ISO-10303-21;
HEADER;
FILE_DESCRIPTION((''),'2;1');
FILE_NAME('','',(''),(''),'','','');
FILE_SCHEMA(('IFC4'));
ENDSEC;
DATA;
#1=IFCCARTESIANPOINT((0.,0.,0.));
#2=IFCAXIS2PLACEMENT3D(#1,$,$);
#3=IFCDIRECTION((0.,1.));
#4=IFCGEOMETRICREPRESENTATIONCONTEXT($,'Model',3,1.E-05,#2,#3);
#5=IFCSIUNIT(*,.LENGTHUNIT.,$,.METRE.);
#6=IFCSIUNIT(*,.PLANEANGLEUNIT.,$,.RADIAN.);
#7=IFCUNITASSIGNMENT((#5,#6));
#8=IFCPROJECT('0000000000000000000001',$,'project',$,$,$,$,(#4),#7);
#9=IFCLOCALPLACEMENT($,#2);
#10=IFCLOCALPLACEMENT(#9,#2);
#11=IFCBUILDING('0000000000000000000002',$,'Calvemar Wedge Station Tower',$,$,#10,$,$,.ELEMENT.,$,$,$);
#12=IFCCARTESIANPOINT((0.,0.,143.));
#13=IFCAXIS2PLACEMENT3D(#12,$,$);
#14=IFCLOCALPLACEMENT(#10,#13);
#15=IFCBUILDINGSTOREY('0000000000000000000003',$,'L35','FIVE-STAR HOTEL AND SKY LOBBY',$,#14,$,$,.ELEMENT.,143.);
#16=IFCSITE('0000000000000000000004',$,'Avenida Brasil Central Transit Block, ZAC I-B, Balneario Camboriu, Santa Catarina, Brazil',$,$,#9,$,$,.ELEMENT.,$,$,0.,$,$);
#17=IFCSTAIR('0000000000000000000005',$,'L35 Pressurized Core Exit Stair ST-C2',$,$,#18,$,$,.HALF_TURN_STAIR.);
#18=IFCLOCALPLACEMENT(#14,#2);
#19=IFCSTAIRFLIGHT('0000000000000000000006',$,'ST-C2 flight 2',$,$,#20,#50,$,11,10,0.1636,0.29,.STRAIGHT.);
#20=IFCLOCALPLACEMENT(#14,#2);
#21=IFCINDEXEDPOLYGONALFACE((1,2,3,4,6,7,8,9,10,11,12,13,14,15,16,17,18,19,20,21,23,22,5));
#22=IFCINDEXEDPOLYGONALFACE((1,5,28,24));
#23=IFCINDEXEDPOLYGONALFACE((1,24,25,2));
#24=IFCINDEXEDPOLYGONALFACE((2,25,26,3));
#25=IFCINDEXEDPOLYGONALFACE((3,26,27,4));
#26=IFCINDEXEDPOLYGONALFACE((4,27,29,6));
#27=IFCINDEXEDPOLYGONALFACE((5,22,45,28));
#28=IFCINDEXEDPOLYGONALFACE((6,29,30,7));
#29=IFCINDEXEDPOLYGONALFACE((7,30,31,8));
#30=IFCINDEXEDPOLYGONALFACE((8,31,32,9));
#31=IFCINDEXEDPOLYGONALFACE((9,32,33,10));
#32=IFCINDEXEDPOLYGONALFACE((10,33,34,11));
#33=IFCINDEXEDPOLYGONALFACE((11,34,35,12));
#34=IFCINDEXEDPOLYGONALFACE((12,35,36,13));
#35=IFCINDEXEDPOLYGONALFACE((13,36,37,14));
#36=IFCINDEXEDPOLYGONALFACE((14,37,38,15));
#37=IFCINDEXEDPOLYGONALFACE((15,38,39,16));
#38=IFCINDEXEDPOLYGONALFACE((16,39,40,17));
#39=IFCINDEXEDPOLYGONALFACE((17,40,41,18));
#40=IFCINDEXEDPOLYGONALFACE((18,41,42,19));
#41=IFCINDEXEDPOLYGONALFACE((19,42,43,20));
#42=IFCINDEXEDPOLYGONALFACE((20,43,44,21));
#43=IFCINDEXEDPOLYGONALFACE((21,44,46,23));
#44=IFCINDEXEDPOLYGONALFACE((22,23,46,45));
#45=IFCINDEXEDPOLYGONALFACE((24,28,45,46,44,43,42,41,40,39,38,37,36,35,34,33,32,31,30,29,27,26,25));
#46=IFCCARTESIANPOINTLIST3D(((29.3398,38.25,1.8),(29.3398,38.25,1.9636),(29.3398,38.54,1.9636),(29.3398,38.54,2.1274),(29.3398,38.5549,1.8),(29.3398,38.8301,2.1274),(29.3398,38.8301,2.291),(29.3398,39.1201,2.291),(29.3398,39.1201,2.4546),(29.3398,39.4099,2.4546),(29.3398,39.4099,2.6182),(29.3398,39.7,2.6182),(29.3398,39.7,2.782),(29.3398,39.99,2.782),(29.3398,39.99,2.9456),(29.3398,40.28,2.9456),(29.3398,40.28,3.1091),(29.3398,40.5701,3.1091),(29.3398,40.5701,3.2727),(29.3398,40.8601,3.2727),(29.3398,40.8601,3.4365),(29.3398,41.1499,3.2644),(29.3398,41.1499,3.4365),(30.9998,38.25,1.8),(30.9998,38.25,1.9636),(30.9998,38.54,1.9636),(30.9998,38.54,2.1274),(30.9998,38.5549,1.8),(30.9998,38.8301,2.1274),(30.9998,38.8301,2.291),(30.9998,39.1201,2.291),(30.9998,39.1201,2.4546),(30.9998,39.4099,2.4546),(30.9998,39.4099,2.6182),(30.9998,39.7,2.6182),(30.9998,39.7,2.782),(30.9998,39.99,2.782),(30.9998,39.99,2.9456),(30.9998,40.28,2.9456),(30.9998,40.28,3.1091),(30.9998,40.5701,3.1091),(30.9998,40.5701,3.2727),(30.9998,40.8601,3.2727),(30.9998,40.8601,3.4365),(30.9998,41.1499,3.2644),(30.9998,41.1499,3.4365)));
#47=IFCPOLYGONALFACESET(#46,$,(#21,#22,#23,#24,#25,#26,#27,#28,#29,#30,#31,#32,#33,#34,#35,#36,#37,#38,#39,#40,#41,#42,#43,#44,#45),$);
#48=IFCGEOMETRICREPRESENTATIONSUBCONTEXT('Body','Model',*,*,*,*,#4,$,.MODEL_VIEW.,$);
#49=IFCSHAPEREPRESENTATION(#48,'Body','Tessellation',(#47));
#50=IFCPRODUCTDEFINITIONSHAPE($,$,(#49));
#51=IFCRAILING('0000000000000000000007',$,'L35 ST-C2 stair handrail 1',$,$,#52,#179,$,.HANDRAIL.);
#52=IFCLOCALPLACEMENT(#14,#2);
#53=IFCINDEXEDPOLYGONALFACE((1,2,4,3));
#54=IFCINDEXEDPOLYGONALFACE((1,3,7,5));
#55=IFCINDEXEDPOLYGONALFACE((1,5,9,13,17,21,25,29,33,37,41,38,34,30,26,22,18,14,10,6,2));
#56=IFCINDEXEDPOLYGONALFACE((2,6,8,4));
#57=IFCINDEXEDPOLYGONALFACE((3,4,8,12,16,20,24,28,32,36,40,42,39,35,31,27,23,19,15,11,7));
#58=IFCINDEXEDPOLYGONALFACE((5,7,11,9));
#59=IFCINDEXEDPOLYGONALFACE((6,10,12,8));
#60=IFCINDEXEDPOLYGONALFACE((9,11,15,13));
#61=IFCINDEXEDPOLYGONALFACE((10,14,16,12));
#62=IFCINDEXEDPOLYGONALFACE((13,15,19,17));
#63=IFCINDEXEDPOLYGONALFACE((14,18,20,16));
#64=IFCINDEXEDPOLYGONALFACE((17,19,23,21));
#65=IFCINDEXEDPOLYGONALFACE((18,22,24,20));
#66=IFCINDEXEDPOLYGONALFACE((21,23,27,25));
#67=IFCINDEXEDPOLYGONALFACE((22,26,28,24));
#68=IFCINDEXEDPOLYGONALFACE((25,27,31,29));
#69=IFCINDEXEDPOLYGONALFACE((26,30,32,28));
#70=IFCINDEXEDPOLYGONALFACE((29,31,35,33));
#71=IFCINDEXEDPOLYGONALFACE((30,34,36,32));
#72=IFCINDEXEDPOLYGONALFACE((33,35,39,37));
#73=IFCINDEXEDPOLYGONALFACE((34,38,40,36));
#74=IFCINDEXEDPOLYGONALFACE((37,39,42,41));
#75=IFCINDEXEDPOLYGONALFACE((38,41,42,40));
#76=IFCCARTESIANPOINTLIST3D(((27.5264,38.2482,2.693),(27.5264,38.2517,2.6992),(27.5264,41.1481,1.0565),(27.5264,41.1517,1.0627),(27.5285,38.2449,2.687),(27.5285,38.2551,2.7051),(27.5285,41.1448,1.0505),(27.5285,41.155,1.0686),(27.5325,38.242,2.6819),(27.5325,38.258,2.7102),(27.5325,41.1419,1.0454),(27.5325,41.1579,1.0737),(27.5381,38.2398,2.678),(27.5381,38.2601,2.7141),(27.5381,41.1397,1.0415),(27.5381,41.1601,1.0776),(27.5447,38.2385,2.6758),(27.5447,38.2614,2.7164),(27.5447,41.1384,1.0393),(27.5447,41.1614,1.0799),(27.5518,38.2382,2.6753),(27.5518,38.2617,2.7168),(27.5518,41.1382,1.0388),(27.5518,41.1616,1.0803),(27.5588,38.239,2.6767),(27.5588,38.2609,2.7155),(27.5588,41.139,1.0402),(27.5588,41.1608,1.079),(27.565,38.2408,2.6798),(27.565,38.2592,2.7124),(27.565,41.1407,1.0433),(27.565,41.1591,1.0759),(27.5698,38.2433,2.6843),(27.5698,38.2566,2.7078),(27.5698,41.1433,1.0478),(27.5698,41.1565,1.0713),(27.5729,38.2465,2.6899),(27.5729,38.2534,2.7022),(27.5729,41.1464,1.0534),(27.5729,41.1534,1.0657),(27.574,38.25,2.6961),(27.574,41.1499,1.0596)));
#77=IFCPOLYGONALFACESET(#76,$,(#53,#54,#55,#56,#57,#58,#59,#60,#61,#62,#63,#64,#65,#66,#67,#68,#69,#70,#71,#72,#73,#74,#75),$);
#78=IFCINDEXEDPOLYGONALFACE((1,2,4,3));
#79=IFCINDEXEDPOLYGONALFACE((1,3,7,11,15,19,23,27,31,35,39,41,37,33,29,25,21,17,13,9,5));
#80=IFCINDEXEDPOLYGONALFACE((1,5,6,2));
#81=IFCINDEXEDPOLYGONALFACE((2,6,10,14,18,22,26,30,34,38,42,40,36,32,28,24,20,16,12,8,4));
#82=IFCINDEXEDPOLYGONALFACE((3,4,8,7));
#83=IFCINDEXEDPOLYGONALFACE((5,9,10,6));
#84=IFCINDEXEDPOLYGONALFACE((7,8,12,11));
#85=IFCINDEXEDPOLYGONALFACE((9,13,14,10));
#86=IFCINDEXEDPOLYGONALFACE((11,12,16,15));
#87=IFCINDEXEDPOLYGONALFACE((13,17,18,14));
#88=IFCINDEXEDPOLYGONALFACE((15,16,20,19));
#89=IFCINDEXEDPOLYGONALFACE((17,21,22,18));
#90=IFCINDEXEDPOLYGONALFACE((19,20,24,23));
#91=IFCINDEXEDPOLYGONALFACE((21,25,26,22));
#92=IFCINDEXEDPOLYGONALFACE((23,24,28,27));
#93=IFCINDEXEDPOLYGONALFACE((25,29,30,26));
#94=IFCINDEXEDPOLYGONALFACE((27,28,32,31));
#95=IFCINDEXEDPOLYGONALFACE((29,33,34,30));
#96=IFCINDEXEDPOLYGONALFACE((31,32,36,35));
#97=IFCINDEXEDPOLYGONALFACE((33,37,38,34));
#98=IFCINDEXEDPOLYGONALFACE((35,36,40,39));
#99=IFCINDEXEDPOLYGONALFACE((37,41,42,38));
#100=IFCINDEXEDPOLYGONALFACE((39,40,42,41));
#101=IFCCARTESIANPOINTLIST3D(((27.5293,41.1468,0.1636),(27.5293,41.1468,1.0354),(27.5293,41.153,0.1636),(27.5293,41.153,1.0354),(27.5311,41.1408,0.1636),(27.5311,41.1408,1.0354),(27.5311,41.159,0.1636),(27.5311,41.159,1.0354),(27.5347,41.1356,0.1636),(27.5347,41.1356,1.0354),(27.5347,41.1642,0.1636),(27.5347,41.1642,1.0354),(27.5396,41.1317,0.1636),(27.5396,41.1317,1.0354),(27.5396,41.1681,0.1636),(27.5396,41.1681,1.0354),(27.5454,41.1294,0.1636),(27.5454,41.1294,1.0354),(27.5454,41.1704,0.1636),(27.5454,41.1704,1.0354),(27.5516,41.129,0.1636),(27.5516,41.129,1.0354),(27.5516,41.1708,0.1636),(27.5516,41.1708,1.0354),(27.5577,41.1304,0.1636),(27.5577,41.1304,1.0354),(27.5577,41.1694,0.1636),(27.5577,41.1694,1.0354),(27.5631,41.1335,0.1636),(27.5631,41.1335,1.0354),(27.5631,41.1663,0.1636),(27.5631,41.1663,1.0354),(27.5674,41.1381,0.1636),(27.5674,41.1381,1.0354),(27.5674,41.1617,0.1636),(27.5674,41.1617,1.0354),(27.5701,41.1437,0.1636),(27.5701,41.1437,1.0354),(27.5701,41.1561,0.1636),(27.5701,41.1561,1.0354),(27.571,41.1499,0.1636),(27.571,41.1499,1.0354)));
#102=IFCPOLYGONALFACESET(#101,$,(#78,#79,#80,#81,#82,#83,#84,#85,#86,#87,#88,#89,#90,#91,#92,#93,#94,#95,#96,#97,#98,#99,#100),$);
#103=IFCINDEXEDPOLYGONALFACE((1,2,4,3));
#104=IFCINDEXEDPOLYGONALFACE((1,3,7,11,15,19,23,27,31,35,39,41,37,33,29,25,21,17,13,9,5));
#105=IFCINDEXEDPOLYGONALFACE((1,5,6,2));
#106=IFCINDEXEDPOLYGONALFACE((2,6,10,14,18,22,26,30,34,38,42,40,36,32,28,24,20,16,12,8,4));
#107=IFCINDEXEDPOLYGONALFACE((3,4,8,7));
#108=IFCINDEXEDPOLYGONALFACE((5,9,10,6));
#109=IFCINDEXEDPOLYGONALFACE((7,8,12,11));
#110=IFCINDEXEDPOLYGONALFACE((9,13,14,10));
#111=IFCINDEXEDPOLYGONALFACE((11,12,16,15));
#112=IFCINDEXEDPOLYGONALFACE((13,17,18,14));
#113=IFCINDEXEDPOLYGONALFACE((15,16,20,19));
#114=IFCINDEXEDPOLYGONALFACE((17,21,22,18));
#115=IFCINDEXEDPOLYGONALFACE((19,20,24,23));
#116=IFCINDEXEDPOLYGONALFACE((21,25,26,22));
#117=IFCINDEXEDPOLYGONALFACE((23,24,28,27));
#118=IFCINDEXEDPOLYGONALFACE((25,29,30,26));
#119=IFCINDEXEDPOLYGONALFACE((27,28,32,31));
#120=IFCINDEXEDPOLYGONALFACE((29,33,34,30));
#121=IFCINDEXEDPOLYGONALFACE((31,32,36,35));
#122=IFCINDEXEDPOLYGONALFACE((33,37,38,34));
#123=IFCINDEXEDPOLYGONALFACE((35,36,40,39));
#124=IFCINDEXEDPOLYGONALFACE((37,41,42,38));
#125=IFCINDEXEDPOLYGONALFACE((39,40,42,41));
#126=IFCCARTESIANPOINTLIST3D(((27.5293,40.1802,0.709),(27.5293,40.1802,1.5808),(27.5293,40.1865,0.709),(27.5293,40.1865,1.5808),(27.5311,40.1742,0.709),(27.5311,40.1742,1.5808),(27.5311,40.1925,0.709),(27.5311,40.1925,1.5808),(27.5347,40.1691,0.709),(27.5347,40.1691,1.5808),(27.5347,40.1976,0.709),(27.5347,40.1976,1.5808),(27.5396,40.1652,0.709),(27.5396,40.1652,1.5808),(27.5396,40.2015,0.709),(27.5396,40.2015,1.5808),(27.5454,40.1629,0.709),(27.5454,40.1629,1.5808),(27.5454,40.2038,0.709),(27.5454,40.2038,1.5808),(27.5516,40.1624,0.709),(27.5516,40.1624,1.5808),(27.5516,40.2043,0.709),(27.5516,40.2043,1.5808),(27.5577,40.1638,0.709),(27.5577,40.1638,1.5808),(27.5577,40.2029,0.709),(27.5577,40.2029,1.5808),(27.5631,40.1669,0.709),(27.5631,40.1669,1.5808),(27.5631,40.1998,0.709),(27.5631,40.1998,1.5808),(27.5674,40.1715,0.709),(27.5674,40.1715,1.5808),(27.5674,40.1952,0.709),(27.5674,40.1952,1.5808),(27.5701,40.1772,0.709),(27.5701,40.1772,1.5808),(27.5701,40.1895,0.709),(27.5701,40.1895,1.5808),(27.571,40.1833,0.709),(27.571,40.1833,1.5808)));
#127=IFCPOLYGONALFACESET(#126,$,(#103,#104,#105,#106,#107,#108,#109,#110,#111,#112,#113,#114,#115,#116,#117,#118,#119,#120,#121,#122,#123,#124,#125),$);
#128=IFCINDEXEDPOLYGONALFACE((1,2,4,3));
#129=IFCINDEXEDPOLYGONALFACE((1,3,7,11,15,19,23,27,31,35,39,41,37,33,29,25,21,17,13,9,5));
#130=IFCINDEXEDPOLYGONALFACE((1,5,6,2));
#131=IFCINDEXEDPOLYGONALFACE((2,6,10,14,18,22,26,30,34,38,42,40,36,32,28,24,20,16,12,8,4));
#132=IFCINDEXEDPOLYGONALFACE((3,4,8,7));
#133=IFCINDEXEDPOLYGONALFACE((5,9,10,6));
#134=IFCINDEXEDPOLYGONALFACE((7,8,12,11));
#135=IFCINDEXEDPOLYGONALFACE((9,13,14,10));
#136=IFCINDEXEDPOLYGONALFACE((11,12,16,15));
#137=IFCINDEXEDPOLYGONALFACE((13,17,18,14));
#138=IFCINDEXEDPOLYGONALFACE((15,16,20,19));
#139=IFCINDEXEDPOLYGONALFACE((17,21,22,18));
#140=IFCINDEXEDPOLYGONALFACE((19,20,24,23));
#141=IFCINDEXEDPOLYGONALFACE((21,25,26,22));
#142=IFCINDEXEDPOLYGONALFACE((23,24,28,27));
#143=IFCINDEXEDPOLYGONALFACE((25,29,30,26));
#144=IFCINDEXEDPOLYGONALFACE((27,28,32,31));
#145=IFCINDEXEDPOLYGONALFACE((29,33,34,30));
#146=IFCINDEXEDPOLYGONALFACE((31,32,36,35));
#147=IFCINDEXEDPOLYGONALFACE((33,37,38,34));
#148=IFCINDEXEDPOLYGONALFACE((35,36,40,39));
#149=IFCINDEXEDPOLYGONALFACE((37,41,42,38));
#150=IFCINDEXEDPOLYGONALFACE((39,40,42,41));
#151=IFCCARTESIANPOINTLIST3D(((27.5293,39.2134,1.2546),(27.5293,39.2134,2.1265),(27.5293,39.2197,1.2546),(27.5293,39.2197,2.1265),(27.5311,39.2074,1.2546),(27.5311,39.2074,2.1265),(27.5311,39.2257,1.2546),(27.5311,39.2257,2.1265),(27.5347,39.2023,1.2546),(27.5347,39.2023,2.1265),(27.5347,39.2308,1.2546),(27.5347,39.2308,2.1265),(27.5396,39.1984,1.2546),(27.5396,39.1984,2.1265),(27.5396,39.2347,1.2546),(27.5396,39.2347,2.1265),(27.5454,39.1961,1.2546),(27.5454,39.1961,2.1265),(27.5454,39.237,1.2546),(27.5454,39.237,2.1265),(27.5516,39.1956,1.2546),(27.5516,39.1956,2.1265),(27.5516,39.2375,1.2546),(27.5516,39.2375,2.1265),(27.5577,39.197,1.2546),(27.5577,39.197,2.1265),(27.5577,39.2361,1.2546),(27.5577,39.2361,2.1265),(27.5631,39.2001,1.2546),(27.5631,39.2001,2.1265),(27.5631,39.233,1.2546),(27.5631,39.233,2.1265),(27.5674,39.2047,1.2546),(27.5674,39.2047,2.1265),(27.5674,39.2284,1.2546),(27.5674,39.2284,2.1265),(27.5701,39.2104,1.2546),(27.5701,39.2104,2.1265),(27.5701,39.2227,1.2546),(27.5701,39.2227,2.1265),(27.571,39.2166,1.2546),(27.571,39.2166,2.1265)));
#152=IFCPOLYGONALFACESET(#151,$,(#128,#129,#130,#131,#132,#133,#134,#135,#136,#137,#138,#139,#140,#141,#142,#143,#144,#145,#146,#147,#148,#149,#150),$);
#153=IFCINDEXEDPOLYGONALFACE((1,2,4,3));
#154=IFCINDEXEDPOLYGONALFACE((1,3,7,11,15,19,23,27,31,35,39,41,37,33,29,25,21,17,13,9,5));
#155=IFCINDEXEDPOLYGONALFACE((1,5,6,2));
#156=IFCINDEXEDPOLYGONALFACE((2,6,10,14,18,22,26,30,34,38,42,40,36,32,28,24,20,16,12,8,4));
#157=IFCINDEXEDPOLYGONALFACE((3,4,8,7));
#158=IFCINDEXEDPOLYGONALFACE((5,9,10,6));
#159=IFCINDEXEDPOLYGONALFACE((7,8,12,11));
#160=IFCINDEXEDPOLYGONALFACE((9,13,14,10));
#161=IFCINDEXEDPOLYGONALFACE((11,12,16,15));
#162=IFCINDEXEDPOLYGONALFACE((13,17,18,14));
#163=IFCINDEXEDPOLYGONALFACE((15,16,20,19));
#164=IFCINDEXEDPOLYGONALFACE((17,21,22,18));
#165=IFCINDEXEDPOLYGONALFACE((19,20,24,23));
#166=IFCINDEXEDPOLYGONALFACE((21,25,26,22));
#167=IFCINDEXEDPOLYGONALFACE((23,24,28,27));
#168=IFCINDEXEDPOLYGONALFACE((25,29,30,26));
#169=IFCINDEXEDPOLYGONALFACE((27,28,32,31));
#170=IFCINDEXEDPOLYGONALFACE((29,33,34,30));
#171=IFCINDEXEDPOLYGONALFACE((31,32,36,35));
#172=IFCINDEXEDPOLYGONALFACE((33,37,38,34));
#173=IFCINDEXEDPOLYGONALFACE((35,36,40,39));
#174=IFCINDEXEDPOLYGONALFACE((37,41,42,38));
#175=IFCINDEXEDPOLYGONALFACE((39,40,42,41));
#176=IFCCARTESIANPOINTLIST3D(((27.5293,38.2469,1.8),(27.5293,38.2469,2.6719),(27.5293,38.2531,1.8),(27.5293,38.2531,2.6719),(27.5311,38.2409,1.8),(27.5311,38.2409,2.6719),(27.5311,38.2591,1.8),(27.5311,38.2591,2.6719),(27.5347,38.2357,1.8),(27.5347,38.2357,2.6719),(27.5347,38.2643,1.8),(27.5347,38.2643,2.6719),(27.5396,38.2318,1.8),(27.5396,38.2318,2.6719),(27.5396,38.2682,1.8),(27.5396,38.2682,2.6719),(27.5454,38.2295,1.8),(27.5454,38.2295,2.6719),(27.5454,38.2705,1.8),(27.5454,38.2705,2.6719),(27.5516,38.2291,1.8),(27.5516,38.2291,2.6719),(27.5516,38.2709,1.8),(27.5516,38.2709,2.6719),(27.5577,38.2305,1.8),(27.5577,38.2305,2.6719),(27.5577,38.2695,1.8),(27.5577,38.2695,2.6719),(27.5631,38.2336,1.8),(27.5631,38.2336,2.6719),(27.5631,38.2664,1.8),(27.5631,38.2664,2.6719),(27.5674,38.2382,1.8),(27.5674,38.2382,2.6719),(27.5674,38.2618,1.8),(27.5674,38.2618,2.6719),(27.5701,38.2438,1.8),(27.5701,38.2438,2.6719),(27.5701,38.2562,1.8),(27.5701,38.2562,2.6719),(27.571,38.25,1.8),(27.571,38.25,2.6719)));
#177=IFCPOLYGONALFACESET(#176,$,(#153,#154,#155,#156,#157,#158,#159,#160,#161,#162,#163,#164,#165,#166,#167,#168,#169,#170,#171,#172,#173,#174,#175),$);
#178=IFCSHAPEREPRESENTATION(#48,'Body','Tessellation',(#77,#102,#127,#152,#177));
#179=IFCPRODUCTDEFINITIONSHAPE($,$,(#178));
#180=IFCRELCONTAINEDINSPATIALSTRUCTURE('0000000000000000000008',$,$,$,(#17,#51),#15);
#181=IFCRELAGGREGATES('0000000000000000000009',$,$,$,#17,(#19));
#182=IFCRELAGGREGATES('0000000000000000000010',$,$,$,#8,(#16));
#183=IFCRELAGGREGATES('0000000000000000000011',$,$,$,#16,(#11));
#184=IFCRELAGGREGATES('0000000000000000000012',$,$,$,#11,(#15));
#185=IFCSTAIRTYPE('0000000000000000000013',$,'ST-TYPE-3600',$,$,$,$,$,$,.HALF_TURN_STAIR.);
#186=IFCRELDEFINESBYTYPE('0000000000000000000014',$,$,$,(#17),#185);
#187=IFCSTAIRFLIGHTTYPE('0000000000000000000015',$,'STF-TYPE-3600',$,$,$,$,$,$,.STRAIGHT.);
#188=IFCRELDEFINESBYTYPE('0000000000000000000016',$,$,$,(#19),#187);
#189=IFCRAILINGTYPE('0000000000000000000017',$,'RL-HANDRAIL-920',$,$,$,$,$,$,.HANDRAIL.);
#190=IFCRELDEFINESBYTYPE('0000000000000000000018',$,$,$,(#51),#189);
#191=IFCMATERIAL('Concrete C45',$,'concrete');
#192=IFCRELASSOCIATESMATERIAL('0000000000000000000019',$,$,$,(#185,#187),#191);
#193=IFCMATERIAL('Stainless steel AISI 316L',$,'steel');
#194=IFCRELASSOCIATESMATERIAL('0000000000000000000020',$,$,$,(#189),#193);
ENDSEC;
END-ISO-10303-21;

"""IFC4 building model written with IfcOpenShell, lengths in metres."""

from ifc_helpers import new_model, si_unit, direction, frame, origin, origin_2d, place, context, subcontext, project, spatial, polyline, circle, outline, extrude, material, type_object, element, aggregate, save


model = new_model("IFC4")

# Units and contexts
model_context = context("Model", 3, precision=1e-05, world=origin(), true_north=direction((0.0, 1.0)))
body_context = subcontext(model_context, "Body", "Model", "MODEL_VIEW")
ifc_project = project(units=[si_unit("LENGTHUNIT", "METRE"), si_unit("PLANEANGLEUNIT", "RADIAN")], contexts=[model_context])

# Site, building, storey
site_placement = place(None, origin())
site = spatial("IfcSite", under=ifc_project, at=site_placement, Name="Avenida Brasil Central Transit Block, ZAC I-B, Balneario Camboriu, Santa Catarina, Brazil", CompositionType="ELEMENT", RefElevation=0.0)
building_placement = place(site_placement, origin())
building = spatial("IfcBuilding", under=site, at=building_placement, Name="Calvemar Wedge Station Tower", CompositionType="ELEMENT")
storey_placement = place(building_placement, frame((0.0, 0.0, 143.0)))
storey = spatial("IfcBuildingStorey", under=building, at=storey_placement, Name="L35", Description="FIVE-STAR HOTEL AND SKY LOBBY", CompositionType="ELEMENT", Elevation=143.0)

# Stair, stair flight
ifc_material_1 = material(Name="Concrete C45", Category="concrete")
stair_type = type_object("IfcStairType", Name="ST-TYPE-3600", PredefinedType="HALF_TURN_STAIR", material=ifc_material_1)
stair_placement = place(storey_placement, origin())
stair = element("IfcStair", 1, at=stair_placement, inside=storey, type_object=stair_type, Name="L35 Pressurized Core Exit Stair ST-C2", PredefinedType="HALF_TURN_STAIR")
stair_flight_type = type_object("IfcStairFlightType", Name="STF-TYPE-3600", PredefinedType="STRAIGHT", material=ifc_material_1)
stair_flight_1_placement = place(storey_placement, frame((30.1699, 38.25, 1.8), z_axis=(0.0, 0.0, 1.0), x_axis=(0.0, 1.0, 0.0)))
stair_flight_1 = element("IfcStairFlight", 2, at=stair_flight_1_placement, type_object=stair_flight_type, Name="ST-C2 flight 2", NumberOfRisers=11, NumberOfTreads=10, PredefinedType="STRAIGHT", RiserHeight=0.1636, TreadLength=0.29, context=body_context, shape_type="SweptSolid", body=[
    extrude(outline(polyline([(0.0, 0.0), (0.0, 0.1636), (0.29, 0.1636), (0.29, 0.3274), (0.5801, 0.3274), (0.5801, 0.491), (0.8701, 0.491), (0.8701, 0.6545), (1.1599, 0.6545), (1.1599, 0.8181), (1.45, 0.8181), (1.45, 0.9819), (1.74, 0.9819), (1.74, 1.1455), (2.03, 1.1455), (2.03, 1.3091), (2.3201, 1.3091), (2.3201, 1.4727), (2.6101, 1.4727), (2.6101, 1.6365), (2.8999, 1.6365), (2.8999, 1.8), (2.8999, 1.4644), (0.3049, 0.0), (0.0, 0.0)])), frame((0.0, 0.8301, 0.0), z_axis=(0.0, -1.0, 0.0), x_axis=(1.0, 0.0, 0.0)), (0.0, 0.0, 1.0), 1.6599),
])
aggregate(stair, [stair_flight_1])

# Railing
ifc_material_2 = material(Name="Stainless steel AISI 316L", Category="steel")
railing_type_1 = type_object("IfcRailingType", Name="RL-HANDRAIL-920", PredefinedType="HANDRAIL", material=ifc_material_2)
railing_1_placement = place(storey_placement, frame((27.55, 41.1499, 0.1636)))
element("IfcRailing", 3, at=railing_1_placement, inside=storey, type_object=railing_type_1, Name="L35 ST-C2 stair handrail 1", PredefinedType="HANDRAIL", context=body_context, shape_type="SweptSolid", body=[
    extrude(circle(Radius=0.0239, at=origin_2d()), frame((0.0, 0.0, 0.896), z_axis=(0.0, -0.870897, 0.491465), x_axis=(1.0, 0.0, 0.0)), (0.0, 0.0, 1.0), 3.3298),
    extrude(circle(Radius=0.021, at=origin_2d()), origin(), (0.0, 0.0, 1.0), 0.8718),
    extrude(circle(Radius=0.021, at=origin_2d()), frame((0.0, -0.9666, 0.5454)), (0.0, 0.0, 1.0), 0.8718),
    extrude(circle(Radius=0.021, at=origin_2d()), frame((0.0, -1.9333, 1.0911)), (0.0, 0.0, 1.0), 0.8718),
    extrude(circle(Radius=0.021, at=origin_2d()), frame((0.0, -2.8999, 1.6365)), (0.0, 0.0, 1.0), 0.8718),
])

save(model, "model.ifc")
